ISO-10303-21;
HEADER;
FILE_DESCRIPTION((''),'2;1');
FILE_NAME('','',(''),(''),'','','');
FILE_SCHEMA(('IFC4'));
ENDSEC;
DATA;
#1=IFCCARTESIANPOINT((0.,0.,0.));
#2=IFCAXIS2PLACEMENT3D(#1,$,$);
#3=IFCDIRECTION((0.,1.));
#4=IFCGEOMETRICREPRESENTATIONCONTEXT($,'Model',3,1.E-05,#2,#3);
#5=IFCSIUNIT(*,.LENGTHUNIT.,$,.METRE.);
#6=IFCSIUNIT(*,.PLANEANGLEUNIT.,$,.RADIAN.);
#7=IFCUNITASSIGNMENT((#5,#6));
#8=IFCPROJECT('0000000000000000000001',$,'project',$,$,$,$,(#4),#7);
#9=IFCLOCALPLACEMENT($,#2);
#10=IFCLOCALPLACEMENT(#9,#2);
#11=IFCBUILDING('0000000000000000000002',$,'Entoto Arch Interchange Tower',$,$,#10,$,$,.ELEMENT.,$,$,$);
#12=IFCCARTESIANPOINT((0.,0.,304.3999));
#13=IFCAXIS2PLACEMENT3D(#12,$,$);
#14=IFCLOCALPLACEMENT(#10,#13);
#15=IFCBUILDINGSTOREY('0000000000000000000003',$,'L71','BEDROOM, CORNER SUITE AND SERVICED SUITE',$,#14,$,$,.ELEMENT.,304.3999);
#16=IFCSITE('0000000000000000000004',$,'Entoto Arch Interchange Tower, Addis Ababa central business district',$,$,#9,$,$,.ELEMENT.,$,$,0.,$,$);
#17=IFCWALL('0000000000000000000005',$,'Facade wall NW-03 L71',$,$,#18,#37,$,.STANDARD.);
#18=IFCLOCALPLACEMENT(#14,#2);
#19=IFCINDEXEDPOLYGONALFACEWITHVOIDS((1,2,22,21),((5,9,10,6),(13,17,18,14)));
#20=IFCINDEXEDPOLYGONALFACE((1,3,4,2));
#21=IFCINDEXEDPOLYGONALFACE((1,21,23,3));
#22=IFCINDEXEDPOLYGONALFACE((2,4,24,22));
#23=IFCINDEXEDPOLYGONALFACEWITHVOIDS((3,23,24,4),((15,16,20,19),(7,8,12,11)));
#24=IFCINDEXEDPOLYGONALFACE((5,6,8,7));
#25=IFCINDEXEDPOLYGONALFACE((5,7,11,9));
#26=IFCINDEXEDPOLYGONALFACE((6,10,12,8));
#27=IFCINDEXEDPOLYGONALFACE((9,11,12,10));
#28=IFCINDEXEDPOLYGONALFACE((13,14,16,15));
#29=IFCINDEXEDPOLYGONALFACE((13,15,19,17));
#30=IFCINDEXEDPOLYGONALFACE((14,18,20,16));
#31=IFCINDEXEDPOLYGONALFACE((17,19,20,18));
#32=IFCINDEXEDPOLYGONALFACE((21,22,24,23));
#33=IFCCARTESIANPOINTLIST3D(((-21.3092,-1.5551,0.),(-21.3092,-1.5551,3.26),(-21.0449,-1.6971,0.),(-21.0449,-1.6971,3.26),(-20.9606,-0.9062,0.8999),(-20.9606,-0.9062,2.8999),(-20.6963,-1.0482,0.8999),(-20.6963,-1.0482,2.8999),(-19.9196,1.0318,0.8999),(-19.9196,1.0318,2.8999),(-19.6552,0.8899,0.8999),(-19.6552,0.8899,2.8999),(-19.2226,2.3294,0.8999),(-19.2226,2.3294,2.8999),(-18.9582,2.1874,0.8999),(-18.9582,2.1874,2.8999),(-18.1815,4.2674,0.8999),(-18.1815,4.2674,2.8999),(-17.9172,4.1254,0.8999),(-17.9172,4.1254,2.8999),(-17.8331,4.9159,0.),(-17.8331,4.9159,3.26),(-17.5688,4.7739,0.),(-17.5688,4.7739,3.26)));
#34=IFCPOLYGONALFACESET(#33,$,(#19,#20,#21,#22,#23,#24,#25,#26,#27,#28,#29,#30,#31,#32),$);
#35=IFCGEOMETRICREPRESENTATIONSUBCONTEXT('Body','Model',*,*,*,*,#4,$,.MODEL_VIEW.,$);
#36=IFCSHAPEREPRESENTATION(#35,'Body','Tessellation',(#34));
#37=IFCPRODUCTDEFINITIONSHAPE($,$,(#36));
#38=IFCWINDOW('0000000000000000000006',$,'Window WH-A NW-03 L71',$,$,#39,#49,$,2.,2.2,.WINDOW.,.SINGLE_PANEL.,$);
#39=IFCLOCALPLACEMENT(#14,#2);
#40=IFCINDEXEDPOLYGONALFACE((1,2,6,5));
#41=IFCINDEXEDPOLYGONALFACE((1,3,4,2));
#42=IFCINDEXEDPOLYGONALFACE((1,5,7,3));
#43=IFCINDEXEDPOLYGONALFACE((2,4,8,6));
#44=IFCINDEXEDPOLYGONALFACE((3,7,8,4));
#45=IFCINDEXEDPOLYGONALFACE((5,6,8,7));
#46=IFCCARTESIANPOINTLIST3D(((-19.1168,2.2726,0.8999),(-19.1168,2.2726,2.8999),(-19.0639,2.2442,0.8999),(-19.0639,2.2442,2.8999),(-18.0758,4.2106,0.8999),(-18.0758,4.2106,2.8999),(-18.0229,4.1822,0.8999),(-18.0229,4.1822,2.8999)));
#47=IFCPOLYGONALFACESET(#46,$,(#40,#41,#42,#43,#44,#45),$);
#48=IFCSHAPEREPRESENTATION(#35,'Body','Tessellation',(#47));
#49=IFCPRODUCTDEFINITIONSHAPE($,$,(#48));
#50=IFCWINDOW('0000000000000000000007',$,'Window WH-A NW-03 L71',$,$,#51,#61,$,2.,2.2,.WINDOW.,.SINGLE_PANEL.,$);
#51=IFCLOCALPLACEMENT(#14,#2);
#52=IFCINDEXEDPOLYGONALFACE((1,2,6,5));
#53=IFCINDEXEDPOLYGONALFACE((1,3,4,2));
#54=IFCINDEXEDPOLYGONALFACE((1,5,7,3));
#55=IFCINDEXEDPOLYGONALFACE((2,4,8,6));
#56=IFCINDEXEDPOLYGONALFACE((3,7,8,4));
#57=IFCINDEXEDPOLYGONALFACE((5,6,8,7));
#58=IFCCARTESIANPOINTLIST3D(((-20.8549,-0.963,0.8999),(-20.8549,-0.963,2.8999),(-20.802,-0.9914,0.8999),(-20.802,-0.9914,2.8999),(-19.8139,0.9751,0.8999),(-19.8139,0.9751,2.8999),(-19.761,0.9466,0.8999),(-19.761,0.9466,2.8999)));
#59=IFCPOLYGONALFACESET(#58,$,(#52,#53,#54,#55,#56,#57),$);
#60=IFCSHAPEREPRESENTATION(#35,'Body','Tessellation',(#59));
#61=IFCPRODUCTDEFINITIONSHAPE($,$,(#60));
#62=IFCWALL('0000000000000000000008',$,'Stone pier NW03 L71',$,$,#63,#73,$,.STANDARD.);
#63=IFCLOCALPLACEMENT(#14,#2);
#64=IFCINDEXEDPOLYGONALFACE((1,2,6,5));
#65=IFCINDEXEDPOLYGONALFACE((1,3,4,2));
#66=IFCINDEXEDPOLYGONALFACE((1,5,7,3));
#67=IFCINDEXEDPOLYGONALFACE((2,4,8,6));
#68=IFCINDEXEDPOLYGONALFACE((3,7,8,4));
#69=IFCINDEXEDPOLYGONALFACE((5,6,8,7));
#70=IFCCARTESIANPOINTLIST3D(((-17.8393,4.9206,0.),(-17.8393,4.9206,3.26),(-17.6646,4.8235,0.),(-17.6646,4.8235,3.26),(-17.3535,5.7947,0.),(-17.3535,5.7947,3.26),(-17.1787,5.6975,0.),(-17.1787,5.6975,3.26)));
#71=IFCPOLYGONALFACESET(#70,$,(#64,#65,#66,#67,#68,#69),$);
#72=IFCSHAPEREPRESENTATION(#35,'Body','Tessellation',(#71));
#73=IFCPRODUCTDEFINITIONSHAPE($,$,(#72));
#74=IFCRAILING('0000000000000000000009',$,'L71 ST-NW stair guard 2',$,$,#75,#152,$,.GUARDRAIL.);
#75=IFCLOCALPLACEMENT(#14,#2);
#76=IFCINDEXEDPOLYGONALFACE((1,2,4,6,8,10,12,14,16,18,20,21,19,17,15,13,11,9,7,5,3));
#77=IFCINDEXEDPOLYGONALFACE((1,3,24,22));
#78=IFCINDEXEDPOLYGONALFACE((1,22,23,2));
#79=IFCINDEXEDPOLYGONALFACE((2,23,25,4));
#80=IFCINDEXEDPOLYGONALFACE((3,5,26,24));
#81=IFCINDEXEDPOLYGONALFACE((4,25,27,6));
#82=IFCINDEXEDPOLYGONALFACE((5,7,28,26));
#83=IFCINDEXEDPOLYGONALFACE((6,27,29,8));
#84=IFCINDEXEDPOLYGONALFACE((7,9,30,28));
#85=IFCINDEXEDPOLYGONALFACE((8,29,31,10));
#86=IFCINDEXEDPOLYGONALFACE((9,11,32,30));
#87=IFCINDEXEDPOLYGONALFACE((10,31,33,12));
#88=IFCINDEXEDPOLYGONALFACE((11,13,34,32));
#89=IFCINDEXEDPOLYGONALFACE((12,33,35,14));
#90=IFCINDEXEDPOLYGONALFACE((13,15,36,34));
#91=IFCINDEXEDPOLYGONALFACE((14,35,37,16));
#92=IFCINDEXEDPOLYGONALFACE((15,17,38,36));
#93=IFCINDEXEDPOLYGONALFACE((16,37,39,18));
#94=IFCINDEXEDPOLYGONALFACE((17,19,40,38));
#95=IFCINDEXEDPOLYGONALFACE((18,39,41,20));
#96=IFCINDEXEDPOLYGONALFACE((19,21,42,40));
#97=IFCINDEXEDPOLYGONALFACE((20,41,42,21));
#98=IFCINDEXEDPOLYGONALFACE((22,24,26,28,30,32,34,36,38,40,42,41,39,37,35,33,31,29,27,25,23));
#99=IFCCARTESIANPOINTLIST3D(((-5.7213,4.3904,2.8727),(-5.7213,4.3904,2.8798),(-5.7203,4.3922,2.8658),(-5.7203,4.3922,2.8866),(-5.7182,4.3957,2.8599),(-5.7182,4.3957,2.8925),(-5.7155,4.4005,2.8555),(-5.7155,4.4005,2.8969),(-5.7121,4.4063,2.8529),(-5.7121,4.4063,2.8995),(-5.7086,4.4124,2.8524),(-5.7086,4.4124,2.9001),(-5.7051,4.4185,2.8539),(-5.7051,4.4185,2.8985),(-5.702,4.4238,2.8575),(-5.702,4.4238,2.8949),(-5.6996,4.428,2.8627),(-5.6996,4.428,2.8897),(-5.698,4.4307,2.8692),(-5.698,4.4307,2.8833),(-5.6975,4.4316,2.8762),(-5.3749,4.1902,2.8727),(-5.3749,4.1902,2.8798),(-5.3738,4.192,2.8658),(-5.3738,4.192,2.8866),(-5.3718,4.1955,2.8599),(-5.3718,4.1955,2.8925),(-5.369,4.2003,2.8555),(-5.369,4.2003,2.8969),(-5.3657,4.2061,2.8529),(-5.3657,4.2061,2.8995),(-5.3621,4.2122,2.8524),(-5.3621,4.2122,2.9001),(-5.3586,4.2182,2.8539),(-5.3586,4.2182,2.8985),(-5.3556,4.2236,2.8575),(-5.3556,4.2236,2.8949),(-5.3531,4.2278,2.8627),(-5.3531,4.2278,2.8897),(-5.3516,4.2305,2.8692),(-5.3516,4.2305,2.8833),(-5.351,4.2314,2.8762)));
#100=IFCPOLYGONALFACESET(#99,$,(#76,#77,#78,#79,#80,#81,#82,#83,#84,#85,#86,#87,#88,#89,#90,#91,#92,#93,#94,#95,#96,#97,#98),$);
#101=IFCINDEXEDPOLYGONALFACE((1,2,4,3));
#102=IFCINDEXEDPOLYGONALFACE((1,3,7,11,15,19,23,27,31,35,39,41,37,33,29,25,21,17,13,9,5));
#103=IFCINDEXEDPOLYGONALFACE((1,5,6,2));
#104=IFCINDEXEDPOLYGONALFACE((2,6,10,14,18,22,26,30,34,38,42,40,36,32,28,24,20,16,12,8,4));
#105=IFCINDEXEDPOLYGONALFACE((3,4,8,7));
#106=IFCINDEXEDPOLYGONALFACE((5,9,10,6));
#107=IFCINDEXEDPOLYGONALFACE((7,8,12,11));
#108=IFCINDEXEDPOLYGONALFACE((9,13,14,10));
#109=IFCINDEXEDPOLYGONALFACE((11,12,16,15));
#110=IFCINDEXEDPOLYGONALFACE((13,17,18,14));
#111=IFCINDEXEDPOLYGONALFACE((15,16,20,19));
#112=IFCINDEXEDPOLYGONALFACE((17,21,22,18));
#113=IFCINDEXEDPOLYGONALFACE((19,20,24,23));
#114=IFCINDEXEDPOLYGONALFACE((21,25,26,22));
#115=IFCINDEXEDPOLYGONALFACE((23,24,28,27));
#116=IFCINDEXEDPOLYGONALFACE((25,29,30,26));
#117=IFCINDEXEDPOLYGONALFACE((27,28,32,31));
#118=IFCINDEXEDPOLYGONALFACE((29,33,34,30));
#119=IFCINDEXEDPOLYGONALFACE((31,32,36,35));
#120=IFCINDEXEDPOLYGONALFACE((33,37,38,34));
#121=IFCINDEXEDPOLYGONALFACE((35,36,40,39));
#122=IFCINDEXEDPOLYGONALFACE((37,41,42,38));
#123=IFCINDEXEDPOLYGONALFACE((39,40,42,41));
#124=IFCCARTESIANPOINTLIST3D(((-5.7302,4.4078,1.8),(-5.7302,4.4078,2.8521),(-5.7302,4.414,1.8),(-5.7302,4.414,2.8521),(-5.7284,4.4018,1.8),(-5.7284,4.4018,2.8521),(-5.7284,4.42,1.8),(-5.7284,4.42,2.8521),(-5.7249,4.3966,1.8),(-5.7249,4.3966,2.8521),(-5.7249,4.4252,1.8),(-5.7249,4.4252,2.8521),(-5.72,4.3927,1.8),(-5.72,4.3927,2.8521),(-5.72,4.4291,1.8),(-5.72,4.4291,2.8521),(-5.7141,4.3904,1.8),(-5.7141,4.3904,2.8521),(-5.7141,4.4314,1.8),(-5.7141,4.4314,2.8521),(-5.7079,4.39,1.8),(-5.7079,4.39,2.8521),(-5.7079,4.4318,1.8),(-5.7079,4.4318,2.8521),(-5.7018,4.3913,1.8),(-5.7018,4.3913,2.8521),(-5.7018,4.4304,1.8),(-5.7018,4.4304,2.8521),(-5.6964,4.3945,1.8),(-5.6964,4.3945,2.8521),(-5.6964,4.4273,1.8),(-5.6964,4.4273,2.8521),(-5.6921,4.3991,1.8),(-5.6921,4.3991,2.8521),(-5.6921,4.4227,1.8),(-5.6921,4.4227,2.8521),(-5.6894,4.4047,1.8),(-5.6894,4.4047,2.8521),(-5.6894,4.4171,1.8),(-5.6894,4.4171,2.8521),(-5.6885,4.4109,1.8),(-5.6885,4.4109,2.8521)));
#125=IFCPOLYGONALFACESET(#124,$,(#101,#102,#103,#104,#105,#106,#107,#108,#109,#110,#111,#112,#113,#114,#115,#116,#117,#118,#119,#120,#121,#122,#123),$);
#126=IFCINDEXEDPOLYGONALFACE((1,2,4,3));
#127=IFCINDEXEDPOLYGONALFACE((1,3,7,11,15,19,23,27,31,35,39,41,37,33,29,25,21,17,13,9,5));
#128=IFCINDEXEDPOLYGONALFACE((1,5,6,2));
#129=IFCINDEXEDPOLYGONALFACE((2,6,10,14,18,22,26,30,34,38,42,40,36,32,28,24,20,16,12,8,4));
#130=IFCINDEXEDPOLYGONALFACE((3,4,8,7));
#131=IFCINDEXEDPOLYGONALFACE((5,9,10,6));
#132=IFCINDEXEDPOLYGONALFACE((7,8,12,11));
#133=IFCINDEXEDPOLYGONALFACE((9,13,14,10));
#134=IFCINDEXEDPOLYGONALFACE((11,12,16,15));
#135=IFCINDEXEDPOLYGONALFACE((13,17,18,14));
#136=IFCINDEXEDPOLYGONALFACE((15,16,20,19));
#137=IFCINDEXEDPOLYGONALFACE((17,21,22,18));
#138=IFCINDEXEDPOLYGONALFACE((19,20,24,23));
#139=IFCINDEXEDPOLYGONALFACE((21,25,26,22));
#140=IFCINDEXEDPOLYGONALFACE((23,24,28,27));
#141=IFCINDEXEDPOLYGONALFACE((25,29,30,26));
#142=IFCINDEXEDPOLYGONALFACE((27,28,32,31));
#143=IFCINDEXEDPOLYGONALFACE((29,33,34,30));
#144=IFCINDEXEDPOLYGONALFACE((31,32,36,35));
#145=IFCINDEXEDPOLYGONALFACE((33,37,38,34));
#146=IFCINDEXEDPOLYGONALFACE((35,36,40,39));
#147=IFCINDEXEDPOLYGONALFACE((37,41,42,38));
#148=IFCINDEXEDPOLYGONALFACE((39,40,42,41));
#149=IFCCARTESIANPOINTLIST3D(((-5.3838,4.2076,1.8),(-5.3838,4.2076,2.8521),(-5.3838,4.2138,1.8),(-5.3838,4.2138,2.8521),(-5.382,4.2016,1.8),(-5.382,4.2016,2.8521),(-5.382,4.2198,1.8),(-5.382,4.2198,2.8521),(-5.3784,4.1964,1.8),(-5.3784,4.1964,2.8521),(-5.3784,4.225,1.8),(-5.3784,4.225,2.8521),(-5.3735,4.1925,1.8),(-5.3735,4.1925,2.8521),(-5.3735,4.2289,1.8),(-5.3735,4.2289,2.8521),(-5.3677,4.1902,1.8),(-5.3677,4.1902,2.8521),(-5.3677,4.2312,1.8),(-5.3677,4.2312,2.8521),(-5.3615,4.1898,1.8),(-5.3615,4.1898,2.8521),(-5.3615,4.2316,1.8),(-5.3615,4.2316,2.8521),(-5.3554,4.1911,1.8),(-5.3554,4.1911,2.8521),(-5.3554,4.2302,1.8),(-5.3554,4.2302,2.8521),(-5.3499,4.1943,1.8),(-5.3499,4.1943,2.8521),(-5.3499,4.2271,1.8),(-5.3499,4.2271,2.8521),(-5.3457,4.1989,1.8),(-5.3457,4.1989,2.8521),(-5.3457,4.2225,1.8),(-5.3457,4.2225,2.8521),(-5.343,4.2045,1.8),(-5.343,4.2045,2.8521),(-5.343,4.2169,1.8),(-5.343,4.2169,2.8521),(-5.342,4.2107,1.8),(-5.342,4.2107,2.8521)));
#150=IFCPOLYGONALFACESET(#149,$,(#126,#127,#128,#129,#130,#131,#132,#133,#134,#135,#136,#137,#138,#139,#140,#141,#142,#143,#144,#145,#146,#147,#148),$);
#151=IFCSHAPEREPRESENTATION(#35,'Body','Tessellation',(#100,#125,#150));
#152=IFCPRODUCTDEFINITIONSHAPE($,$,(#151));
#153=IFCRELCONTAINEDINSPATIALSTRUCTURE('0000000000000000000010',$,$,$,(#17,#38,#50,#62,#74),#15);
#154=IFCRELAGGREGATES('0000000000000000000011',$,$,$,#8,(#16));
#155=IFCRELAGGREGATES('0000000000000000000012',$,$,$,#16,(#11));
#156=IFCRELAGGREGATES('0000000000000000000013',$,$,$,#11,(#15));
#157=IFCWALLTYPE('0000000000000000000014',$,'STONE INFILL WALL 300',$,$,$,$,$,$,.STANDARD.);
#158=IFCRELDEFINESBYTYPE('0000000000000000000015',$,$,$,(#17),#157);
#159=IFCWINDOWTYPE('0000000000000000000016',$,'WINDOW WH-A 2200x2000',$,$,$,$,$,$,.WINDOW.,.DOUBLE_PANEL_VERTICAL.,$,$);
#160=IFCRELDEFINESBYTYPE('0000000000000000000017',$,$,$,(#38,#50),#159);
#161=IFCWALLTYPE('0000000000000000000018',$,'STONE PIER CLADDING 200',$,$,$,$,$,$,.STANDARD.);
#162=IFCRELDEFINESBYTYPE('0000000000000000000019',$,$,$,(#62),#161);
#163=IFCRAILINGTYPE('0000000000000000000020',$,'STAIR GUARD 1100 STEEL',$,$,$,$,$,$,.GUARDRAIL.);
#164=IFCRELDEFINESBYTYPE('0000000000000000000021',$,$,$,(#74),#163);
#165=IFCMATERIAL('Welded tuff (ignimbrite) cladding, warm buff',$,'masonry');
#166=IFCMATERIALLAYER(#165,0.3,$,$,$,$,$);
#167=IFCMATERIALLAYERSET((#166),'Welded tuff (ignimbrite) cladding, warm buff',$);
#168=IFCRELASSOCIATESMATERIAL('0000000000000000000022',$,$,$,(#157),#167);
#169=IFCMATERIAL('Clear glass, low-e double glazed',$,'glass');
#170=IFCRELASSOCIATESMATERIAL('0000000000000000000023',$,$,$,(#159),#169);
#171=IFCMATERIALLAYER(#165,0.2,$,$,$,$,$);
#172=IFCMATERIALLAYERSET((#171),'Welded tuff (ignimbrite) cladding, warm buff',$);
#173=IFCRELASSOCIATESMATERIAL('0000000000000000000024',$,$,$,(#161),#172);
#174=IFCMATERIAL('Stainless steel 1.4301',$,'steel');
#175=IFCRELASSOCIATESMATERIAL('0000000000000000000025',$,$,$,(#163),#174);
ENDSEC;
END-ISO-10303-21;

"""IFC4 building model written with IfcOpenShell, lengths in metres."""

from ifc_helpers import new_model, si_unit, direction, frame, frame_2d, origin, origin_2d, place, context, subcontext, project, spatial, rectangle, circle, extrude, material, layer, layer_set, type_object, element, fill, save


model = new_model("IFC4")

# Units and contexts
model_context = context("Model", 3, precision=1e-05, world=origin(), true_north=direction((0.0, 1.0)))
body_context = subcontext(model_context, "Body", "Model", "MODEL_VIEW")
ifc_project = project(units=[si_unit("LENGTHUNIT", "METRE"), si_unit("PLANEANGLEUNIT", "RADIAN")], contexts=[model_context])

# Site, building, storey
site_placement = place(None, origin())
site = spatial("IfcSite", under=ifc_project, at=site_placement, Name="Entoto Arch Interchange Tower, Addis Ababa central business district", CompositionType="ELEMENT", RefElevation=0.0)
building_placement = place(site_placement, origin())
building = spatial("IfcBuilding", under=site, at=building_placement, Name="Entoto Arch Interchange Tower", CompositionType="ELEMENT")
storey_placement = place(building_placement, frame((0.0, 0.0, 304.3999)))
storey = spatial("IfcBuildingStorey", under=building, at=storey_placement, Name="L71", Description="BEDROOM, CORNER SUITE AND SERVICED SUITE", CompositionType="ELEMENT", Elevation=304.3999)

# Wall, openings, windows
ifc_material_1 = material(Name="Welded tuff (ignimbrite) cladding, warm buff", Category="masonry")
ifc_layer_1 = layer(ifc_material_1, 0.3)
ifc_layer_set_1 = layer_set([ifc_layer_1], Name="Welded tuff (ignimbrite) cladding, warm buff")
wall_type_1 = type_object("IfcWallType", Name="STONE INFILL WALL 300", PredefinedType="STANDARD", material=ifc_layer_set_1)
wall_1_placement = place(storey_placement, frame((-17.7009, 4.845, 0.0), z_axis=(0.0, 0.0, 1.0), x_axis=(-0.473226, -0.880941, 0.0)))
wall_1 = element("IfcWall", 1, at=wall_1_placement, inside=storey, type_object=wall_type_1, Name="Facade wall NW-03 L71", PredefinedType="STANDARD", context=body_context, shape_type="SweptSolid", body=[
    extrude(rectangle(XDim=7.3455, YDim=0.3, at=frame_2d((3.6729, 0.0))), origin(), (0.0, 0.0, 1.0), 3.26),
])
opening_1_placement = place(wall_1_placement, frame((0.7361, 0.0, 0.8999)))
opening_1 = element("IfcOpeningElement", 2, at=opening_1_placement, cuts=wall_1, PredefinedType="OPENING", context=body_context, shape_type="SweptSolid", body=[
    extrude(rectangle(XDim=2.2, YDim=2.0, at=frame_2d((1.1001, 1.0))), frame((0.0, 0.1602, 0.0), z_axis=(0.0, -1.0, 0.0), x_axis=(1.0, 0.0, 0.0)), (0.0, 0.0, 1.0), 0.3201),
])
opening_2_placement = place(wall_1_placement, frame((4.4089, 0.0, 0.8999)))
opening_2 = element("IfcOpeningElement", 3, at=opening_2_placement, cuts=wall_1, PredefinedType="OPENING", context=body_context, shape_type="SweptSolid", body=[
    extrude(rectangle(XDim=2.2, YDim=2.0, at=frame_2d((1.1001, 1.0))), frame((0.0, 0.1602, 0.0), z_axis=(0.0, -1.0, 0.0), x_axis=(1.0, 0.0, 0.0)), (0.0, 0.0, 1.0), 0.3201),
])
ifc_material_2 = material(Name="Clear glass, low-e double glazed", Category="glass")
window_type = type_object("IfcWindowType", Name="WINDOW WH-A 2200x2000", PartitioningType="DOUBLE_PANEL_VERTICAL", PredefinedType="WINDOW", material=ifc_material_2)
window_1_placement = place(opening_1_placement, origin())
window_1 = element("IfcWindow", 4, at=window_1_placement, inside=storey, type_object=window_type, Name="Window WH-A NW-03 L71", OverallHeight=2.0, OverallWidth=2.2, PartitioningType="SINGLE_PANEL", PredefinedType="WINDOW", context=body_context, shape_type="SweptSolid", body=[
    extrude(rectangle(XDim=2.2, YDim=2.0, at=frame_2d((1.1001, 1.0))), frame((0.0, 0.03, 0.0), z_axis=(0.0, -1.0, 0.0), x_axis=(1.0, 0.0, 0.0)), (0.0, 0.0, 1.0), 0.0601),
])
fill(opening_1, window_1)
window_2_placement = place(opening_2_placement, origin())
window_2 = element("IfcWindow", 5, at=window_2_placement, inside=storey, type_object=window_type, Name="Window WH-A NW-03 L71", OverallHeight=2.0, OverallWidth=2.2, PartitioningType="SINGLE_PANEL", PredefinedType="WINDOW", context=body_context, shape_type="SweptSolid", body=[
    extrude(rectangle(XDim=2.2, YDim=2.0, at=frame_2d((1.1001, 1.0))), frame((0.0, 0.03, 0.0), z_axis=(0.0, -1.0, 0.0), x_axis=(1.0, 0.0, 0.0)), (0.0, 0.0, 1.0), 0.0601),
])
fill(opening_2, window_2)

# Wall
ifc_layer_2 = layer(ifc_material_1, 0.2)
ifc_layer_set_2 = layer_set([ifc_layer_2], Name="Welded tuff (ignimbrite) cladding, warm buff")
wall_type_2 = type_object("IfcWallType", Name="STONE PIER CLADDING 200", PredefinedType="STANDARD", material=ifc_layer_set_2)
wall_2_placement = place(storey_placement, frame((-17.2661, 5.7461, 0.0), z_axis=(0.0, 0.0, 1.0), x_axis=(-0.48585, -0.874042, 0.0)))
element("IfcWall", 6, at=wall_2_placement, inside=storey, type_object=wall_type_2, Name="Stone pier NW03 L71", PredefinedType="STANDARD", context=body_context, shape_type="SweptSolid", body=[
    extrude(rectangle(XDim=1.0, YDim=0.2, at=frame_2d((0.5, 0.0))), origin(), (0.0, 0.0, 1.0), 3.26),
])

# Railing
ifc_material_3 = material(Name="Stainless steel 1.4301", Category="steel")
railing_type = type_object("IfcRailingType", Name="STAIR GUARD 1100 STEEL", PredefinedType="GUARDRAIL", material=ifc_material_3)
railing_placement = place(storey_placement, frame((-5.7095, 4.4109, 1.8)))
element("IfcRailing", 7, at=railing_placement, inside=storey, type_object=railing_type, Name="L71 ST-NW stair guard 2", PredefinedType="GUARDRAIL", context=body_context, shape_type="SweptSolid", body=[
    extrude(circle(Radius=0.0239, at=origin_2d()), frame((0.0, 0.0, 1.0762), z_axis=(0.86583, -0.500339, 0.0), x_axis=(0.500339, 0.86583, 0.0)), (0.0, 0.0, 1.0), 0.4001),
    extrude(circle(Radius=0.021, at=origin_2d()), origin(), (0.0, 0.0, 1.0), 1.052),
    extrude(circle(Radius=0.021, at=origin_2d()), frame((0.3464, -0.2002, 0.0)), (0.0, 0.0, 1.0), 1.052),
])

save(model, "model.ifc")
